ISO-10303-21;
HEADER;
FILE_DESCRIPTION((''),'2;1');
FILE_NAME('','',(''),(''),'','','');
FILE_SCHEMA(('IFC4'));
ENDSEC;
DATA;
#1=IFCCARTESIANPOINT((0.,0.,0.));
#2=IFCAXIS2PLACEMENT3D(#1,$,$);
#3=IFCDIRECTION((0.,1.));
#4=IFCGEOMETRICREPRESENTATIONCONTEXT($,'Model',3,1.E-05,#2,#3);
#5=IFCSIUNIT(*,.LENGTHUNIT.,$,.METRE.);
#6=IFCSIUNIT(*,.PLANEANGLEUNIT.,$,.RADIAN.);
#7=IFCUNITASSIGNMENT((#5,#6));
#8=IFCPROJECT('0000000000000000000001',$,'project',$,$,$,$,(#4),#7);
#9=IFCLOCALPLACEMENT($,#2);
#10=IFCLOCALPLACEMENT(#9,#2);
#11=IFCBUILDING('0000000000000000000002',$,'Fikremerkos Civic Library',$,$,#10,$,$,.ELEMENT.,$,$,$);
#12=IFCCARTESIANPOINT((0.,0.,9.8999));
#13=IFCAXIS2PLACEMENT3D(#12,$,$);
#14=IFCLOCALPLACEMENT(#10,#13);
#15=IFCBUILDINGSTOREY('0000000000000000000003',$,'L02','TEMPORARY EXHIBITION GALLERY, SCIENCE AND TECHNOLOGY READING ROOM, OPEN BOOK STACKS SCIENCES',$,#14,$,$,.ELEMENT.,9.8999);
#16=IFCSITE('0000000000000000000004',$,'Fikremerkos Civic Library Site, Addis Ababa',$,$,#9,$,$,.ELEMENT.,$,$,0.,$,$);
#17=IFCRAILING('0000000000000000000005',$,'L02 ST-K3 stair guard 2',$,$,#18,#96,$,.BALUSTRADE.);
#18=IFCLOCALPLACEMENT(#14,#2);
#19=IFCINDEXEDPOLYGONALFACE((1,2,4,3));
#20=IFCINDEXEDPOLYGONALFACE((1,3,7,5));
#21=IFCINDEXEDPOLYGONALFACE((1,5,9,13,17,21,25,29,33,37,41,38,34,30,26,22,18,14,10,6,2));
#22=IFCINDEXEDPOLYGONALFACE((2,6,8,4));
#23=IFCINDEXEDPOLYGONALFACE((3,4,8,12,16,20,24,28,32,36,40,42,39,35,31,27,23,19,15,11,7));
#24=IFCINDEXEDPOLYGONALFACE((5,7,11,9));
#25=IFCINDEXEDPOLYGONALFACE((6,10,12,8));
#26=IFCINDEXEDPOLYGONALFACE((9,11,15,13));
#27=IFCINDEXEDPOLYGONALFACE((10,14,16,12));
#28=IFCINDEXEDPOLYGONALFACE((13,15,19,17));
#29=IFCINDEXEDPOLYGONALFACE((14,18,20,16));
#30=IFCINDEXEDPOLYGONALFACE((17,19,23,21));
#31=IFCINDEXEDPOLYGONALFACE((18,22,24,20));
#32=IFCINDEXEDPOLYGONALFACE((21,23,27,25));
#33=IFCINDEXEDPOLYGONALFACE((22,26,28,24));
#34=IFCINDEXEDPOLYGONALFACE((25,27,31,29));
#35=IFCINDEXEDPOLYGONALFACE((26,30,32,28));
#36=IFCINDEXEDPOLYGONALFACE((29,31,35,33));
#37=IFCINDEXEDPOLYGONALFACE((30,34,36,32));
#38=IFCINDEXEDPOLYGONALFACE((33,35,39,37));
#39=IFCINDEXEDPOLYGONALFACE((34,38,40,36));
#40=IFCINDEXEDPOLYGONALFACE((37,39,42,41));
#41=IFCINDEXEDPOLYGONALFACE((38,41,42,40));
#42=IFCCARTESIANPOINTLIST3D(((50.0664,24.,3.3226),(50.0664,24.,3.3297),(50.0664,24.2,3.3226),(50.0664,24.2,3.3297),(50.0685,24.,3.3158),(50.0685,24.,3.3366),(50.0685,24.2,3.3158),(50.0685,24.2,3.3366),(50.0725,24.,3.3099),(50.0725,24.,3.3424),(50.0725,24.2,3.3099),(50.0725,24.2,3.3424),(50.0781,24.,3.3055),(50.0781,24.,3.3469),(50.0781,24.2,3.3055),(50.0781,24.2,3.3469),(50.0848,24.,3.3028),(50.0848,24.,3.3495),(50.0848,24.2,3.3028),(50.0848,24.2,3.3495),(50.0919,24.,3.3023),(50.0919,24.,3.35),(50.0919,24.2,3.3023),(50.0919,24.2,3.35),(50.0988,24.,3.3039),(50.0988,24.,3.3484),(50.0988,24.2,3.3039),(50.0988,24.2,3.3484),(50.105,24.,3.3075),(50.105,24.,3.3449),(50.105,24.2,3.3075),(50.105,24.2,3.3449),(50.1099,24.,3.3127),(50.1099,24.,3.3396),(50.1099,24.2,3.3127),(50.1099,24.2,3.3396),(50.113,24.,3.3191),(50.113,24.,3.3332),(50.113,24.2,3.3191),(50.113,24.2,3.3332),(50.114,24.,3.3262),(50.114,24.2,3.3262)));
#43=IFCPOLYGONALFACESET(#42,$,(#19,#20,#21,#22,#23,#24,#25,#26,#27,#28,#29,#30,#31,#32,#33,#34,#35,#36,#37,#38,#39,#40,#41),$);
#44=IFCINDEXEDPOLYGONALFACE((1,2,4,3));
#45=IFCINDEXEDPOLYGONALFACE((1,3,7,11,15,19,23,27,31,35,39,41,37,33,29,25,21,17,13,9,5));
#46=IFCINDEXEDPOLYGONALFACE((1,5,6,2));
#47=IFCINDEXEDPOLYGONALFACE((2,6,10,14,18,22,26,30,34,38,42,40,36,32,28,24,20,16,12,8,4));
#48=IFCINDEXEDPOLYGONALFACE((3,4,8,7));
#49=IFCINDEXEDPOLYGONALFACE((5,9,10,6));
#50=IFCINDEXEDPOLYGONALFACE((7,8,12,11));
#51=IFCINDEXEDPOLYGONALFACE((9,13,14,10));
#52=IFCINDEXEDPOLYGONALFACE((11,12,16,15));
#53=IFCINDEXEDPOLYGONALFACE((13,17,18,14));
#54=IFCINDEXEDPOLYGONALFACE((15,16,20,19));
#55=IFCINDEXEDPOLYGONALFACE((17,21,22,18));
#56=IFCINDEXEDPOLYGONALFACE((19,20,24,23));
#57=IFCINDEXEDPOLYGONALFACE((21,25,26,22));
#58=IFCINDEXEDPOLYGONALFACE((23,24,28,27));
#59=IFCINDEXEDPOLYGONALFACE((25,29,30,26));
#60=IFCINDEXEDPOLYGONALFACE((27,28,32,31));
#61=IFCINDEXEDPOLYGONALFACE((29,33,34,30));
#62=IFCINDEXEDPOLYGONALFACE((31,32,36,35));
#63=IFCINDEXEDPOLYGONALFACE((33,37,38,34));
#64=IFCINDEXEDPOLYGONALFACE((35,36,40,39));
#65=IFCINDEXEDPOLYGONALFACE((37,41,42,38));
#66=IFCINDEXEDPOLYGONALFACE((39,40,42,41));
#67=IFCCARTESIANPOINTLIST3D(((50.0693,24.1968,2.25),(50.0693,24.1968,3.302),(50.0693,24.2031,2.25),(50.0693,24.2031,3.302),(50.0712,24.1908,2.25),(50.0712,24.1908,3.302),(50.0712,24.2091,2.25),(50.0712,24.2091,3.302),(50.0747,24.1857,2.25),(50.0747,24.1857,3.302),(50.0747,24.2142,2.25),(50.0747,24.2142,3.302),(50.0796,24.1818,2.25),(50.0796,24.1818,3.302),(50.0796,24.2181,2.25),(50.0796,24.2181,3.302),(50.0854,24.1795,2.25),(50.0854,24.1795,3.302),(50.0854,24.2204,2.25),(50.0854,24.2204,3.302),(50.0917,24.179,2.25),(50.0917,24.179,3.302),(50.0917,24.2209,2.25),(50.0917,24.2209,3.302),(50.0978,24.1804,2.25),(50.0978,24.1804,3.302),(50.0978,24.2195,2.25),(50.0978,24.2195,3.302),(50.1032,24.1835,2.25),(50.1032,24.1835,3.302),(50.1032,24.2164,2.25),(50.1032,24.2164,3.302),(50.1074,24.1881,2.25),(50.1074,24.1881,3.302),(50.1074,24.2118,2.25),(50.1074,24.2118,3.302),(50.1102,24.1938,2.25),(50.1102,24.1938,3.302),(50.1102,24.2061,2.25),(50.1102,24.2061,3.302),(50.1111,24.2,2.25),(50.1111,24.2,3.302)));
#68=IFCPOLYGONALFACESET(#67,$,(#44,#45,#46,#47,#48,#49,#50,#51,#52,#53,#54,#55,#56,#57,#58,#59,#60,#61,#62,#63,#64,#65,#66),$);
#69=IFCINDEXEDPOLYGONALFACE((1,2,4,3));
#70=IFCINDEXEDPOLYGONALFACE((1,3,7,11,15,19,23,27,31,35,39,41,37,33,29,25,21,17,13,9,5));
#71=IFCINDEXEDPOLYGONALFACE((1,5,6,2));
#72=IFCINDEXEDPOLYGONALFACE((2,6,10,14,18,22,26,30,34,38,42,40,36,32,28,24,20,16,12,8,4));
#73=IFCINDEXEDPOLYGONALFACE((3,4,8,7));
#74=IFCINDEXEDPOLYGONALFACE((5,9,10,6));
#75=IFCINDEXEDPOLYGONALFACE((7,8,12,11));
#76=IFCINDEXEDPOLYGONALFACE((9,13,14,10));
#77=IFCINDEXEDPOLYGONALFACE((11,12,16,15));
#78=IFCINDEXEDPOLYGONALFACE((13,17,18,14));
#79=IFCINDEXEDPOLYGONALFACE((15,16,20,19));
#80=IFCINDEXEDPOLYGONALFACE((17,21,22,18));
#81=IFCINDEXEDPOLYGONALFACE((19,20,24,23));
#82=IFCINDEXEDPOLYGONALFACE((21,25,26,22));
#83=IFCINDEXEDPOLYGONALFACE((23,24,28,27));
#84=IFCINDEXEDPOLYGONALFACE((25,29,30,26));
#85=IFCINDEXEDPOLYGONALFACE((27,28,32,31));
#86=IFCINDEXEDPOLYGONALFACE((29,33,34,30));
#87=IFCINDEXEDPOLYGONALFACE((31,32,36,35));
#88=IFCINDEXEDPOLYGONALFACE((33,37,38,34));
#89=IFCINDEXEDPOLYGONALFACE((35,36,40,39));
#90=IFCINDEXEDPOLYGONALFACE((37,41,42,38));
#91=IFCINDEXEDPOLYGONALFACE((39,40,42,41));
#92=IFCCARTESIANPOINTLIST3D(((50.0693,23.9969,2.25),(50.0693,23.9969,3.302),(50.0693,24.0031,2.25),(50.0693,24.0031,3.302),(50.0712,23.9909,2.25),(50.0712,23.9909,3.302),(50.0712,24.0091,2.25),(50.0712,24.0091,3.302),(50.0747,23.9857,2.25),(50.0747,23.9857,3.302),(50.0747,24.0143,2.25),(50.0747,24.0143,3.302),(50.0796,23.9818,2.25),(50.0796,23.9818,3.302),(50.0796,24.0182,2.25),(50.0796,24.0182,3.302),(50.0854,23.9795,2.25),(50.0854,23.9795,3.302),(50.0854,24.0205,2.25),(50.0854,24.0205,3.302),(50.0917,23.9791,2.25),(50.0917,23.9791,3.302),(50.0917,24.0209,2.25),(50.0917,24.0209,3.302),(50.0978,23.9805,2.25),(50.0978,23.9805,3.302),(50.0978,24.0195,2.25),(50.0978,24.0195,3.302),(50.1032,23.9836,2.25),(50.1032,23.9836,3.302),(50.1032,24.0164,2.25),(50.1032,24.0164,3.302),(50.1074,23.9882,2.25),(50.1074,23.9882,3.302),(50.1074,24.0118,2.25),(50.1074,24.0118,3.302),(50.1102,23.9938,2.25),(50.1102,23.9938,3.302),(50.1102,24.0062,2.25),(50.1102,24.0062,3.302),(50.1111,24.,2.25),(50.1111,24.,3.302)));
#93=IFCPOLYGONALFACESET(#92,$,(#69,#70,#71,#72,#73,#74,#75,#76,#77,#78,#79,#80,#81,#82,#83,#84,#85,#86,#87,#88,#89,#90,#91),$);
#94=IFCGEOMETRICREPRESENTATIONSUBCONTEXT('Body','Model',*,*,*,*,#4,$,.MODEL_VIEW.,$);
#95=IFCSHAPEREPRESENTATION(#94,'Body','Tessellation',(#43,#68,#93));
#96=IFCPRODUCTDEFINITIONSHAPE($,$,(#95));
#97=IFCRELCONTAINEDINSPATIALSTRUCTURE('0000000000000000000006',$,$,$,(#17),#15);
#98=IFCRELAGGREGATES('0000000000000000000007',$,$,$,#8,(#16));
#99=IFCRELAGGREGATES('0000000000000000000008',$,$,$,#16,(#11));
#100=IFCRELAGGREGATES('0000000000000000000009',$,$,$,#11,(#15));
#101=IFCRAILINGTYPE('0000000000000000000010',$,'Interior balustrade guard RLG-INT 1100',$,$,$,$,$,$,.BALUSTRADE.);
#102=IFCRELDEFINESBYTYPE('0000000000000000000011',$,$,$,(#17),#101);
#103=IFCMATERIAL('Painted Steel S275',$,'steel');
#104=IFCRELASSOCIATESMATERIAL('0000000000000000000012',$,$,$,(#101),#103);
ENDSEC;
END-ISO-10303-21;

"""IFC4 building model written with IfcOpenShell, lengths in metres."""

from ifc_helpers import new_model, si_unit, direction, frame, origin, origin_2d, place, context, subcontext, project, spatial, circle, extrude, material, type_object, element, save


model = new_model("IFC4")

# Units and contexts
model_context = context("Model", 3, precision=1e-05, world=origin(), true_north=direction((0.0, 1.0)))
body_context = subcontext(model_context, "Body", "Model", "MODEL_VIEW")
ifc_project = project(units=[si_unit("LENGTHUNIT", "METRE"), si_unit("PLANEANGLEUNIT", "RADIAN")], contexts=[model_context])

# Site, building, storey
site_placement = place(None, origin())
site = spatial("IfcSite", under=ifc_project, at=site_placement, Name="Fikremerkos Civic Library Site, Addis Ababa", CompositionType="ELEMENT", RefElevation=0.0)
building_placement = place(site_placement, origin())
building = spatial("IfcBuilding", under=site, at=building_placement, Name="Fikremerkos Civic Library", CompositionType="ELEMENT")
storey_placement = place(building_placement, frame((0.0, 0.0, 9.8999)))
storey = spatial("IfcBuildingStorey", under=building, at=storey_placement, Name="L02", Description="TEMPORARY EXHIBITION GALLERY, SCIENCE AND TECHNOLOGY READING ROOM, OPEN BOOK STACKS SCIENCES", CompositionType="ELEMENT", Elevation=9.8999)

# Railing
ifc_material_1 = material(Name="Painted Steel S275", Category="steel")
railing_type_1 = type_object("IfcRailingType", Name="Interior balustrade guard RLG-INT 1100", PredefinedType="BALUSTRADE", material=ifc_material_1)
railing_1_placement = place(storey_placement, frame((50.0901, 24.2, 2.25)))
element("IfcRailing", 1, at=railing_1_placement, inside=storey, type_object=railing_type_1, Name="L02 ST-K3 stair guard 2", PredefinedType="BALUSTRADE", context=body_context, shape_type="SweptSolid", body=[
    extrude(circle(Radius=0.0239, at=origin_2d()), frame((0.0, 0.0, 1.0762), z_axis=(0.0, -1.0, 0.0), x_axis=(1.0, 0.0, 0.0)), (0.0, 0.0, 1.0), 0.2),
    extrude(circle(Radius=0.021, at=origin_2d()), origin(), (0.0, 0.0, 1.0), 1.052),
    extrude(circle(Radius=0.021, at=origin_2d()), frame((0.0, -0.2, 0.0)), (0.0, 0.0, 1.0), 1.052),
])

save(model, "model.ifc")
